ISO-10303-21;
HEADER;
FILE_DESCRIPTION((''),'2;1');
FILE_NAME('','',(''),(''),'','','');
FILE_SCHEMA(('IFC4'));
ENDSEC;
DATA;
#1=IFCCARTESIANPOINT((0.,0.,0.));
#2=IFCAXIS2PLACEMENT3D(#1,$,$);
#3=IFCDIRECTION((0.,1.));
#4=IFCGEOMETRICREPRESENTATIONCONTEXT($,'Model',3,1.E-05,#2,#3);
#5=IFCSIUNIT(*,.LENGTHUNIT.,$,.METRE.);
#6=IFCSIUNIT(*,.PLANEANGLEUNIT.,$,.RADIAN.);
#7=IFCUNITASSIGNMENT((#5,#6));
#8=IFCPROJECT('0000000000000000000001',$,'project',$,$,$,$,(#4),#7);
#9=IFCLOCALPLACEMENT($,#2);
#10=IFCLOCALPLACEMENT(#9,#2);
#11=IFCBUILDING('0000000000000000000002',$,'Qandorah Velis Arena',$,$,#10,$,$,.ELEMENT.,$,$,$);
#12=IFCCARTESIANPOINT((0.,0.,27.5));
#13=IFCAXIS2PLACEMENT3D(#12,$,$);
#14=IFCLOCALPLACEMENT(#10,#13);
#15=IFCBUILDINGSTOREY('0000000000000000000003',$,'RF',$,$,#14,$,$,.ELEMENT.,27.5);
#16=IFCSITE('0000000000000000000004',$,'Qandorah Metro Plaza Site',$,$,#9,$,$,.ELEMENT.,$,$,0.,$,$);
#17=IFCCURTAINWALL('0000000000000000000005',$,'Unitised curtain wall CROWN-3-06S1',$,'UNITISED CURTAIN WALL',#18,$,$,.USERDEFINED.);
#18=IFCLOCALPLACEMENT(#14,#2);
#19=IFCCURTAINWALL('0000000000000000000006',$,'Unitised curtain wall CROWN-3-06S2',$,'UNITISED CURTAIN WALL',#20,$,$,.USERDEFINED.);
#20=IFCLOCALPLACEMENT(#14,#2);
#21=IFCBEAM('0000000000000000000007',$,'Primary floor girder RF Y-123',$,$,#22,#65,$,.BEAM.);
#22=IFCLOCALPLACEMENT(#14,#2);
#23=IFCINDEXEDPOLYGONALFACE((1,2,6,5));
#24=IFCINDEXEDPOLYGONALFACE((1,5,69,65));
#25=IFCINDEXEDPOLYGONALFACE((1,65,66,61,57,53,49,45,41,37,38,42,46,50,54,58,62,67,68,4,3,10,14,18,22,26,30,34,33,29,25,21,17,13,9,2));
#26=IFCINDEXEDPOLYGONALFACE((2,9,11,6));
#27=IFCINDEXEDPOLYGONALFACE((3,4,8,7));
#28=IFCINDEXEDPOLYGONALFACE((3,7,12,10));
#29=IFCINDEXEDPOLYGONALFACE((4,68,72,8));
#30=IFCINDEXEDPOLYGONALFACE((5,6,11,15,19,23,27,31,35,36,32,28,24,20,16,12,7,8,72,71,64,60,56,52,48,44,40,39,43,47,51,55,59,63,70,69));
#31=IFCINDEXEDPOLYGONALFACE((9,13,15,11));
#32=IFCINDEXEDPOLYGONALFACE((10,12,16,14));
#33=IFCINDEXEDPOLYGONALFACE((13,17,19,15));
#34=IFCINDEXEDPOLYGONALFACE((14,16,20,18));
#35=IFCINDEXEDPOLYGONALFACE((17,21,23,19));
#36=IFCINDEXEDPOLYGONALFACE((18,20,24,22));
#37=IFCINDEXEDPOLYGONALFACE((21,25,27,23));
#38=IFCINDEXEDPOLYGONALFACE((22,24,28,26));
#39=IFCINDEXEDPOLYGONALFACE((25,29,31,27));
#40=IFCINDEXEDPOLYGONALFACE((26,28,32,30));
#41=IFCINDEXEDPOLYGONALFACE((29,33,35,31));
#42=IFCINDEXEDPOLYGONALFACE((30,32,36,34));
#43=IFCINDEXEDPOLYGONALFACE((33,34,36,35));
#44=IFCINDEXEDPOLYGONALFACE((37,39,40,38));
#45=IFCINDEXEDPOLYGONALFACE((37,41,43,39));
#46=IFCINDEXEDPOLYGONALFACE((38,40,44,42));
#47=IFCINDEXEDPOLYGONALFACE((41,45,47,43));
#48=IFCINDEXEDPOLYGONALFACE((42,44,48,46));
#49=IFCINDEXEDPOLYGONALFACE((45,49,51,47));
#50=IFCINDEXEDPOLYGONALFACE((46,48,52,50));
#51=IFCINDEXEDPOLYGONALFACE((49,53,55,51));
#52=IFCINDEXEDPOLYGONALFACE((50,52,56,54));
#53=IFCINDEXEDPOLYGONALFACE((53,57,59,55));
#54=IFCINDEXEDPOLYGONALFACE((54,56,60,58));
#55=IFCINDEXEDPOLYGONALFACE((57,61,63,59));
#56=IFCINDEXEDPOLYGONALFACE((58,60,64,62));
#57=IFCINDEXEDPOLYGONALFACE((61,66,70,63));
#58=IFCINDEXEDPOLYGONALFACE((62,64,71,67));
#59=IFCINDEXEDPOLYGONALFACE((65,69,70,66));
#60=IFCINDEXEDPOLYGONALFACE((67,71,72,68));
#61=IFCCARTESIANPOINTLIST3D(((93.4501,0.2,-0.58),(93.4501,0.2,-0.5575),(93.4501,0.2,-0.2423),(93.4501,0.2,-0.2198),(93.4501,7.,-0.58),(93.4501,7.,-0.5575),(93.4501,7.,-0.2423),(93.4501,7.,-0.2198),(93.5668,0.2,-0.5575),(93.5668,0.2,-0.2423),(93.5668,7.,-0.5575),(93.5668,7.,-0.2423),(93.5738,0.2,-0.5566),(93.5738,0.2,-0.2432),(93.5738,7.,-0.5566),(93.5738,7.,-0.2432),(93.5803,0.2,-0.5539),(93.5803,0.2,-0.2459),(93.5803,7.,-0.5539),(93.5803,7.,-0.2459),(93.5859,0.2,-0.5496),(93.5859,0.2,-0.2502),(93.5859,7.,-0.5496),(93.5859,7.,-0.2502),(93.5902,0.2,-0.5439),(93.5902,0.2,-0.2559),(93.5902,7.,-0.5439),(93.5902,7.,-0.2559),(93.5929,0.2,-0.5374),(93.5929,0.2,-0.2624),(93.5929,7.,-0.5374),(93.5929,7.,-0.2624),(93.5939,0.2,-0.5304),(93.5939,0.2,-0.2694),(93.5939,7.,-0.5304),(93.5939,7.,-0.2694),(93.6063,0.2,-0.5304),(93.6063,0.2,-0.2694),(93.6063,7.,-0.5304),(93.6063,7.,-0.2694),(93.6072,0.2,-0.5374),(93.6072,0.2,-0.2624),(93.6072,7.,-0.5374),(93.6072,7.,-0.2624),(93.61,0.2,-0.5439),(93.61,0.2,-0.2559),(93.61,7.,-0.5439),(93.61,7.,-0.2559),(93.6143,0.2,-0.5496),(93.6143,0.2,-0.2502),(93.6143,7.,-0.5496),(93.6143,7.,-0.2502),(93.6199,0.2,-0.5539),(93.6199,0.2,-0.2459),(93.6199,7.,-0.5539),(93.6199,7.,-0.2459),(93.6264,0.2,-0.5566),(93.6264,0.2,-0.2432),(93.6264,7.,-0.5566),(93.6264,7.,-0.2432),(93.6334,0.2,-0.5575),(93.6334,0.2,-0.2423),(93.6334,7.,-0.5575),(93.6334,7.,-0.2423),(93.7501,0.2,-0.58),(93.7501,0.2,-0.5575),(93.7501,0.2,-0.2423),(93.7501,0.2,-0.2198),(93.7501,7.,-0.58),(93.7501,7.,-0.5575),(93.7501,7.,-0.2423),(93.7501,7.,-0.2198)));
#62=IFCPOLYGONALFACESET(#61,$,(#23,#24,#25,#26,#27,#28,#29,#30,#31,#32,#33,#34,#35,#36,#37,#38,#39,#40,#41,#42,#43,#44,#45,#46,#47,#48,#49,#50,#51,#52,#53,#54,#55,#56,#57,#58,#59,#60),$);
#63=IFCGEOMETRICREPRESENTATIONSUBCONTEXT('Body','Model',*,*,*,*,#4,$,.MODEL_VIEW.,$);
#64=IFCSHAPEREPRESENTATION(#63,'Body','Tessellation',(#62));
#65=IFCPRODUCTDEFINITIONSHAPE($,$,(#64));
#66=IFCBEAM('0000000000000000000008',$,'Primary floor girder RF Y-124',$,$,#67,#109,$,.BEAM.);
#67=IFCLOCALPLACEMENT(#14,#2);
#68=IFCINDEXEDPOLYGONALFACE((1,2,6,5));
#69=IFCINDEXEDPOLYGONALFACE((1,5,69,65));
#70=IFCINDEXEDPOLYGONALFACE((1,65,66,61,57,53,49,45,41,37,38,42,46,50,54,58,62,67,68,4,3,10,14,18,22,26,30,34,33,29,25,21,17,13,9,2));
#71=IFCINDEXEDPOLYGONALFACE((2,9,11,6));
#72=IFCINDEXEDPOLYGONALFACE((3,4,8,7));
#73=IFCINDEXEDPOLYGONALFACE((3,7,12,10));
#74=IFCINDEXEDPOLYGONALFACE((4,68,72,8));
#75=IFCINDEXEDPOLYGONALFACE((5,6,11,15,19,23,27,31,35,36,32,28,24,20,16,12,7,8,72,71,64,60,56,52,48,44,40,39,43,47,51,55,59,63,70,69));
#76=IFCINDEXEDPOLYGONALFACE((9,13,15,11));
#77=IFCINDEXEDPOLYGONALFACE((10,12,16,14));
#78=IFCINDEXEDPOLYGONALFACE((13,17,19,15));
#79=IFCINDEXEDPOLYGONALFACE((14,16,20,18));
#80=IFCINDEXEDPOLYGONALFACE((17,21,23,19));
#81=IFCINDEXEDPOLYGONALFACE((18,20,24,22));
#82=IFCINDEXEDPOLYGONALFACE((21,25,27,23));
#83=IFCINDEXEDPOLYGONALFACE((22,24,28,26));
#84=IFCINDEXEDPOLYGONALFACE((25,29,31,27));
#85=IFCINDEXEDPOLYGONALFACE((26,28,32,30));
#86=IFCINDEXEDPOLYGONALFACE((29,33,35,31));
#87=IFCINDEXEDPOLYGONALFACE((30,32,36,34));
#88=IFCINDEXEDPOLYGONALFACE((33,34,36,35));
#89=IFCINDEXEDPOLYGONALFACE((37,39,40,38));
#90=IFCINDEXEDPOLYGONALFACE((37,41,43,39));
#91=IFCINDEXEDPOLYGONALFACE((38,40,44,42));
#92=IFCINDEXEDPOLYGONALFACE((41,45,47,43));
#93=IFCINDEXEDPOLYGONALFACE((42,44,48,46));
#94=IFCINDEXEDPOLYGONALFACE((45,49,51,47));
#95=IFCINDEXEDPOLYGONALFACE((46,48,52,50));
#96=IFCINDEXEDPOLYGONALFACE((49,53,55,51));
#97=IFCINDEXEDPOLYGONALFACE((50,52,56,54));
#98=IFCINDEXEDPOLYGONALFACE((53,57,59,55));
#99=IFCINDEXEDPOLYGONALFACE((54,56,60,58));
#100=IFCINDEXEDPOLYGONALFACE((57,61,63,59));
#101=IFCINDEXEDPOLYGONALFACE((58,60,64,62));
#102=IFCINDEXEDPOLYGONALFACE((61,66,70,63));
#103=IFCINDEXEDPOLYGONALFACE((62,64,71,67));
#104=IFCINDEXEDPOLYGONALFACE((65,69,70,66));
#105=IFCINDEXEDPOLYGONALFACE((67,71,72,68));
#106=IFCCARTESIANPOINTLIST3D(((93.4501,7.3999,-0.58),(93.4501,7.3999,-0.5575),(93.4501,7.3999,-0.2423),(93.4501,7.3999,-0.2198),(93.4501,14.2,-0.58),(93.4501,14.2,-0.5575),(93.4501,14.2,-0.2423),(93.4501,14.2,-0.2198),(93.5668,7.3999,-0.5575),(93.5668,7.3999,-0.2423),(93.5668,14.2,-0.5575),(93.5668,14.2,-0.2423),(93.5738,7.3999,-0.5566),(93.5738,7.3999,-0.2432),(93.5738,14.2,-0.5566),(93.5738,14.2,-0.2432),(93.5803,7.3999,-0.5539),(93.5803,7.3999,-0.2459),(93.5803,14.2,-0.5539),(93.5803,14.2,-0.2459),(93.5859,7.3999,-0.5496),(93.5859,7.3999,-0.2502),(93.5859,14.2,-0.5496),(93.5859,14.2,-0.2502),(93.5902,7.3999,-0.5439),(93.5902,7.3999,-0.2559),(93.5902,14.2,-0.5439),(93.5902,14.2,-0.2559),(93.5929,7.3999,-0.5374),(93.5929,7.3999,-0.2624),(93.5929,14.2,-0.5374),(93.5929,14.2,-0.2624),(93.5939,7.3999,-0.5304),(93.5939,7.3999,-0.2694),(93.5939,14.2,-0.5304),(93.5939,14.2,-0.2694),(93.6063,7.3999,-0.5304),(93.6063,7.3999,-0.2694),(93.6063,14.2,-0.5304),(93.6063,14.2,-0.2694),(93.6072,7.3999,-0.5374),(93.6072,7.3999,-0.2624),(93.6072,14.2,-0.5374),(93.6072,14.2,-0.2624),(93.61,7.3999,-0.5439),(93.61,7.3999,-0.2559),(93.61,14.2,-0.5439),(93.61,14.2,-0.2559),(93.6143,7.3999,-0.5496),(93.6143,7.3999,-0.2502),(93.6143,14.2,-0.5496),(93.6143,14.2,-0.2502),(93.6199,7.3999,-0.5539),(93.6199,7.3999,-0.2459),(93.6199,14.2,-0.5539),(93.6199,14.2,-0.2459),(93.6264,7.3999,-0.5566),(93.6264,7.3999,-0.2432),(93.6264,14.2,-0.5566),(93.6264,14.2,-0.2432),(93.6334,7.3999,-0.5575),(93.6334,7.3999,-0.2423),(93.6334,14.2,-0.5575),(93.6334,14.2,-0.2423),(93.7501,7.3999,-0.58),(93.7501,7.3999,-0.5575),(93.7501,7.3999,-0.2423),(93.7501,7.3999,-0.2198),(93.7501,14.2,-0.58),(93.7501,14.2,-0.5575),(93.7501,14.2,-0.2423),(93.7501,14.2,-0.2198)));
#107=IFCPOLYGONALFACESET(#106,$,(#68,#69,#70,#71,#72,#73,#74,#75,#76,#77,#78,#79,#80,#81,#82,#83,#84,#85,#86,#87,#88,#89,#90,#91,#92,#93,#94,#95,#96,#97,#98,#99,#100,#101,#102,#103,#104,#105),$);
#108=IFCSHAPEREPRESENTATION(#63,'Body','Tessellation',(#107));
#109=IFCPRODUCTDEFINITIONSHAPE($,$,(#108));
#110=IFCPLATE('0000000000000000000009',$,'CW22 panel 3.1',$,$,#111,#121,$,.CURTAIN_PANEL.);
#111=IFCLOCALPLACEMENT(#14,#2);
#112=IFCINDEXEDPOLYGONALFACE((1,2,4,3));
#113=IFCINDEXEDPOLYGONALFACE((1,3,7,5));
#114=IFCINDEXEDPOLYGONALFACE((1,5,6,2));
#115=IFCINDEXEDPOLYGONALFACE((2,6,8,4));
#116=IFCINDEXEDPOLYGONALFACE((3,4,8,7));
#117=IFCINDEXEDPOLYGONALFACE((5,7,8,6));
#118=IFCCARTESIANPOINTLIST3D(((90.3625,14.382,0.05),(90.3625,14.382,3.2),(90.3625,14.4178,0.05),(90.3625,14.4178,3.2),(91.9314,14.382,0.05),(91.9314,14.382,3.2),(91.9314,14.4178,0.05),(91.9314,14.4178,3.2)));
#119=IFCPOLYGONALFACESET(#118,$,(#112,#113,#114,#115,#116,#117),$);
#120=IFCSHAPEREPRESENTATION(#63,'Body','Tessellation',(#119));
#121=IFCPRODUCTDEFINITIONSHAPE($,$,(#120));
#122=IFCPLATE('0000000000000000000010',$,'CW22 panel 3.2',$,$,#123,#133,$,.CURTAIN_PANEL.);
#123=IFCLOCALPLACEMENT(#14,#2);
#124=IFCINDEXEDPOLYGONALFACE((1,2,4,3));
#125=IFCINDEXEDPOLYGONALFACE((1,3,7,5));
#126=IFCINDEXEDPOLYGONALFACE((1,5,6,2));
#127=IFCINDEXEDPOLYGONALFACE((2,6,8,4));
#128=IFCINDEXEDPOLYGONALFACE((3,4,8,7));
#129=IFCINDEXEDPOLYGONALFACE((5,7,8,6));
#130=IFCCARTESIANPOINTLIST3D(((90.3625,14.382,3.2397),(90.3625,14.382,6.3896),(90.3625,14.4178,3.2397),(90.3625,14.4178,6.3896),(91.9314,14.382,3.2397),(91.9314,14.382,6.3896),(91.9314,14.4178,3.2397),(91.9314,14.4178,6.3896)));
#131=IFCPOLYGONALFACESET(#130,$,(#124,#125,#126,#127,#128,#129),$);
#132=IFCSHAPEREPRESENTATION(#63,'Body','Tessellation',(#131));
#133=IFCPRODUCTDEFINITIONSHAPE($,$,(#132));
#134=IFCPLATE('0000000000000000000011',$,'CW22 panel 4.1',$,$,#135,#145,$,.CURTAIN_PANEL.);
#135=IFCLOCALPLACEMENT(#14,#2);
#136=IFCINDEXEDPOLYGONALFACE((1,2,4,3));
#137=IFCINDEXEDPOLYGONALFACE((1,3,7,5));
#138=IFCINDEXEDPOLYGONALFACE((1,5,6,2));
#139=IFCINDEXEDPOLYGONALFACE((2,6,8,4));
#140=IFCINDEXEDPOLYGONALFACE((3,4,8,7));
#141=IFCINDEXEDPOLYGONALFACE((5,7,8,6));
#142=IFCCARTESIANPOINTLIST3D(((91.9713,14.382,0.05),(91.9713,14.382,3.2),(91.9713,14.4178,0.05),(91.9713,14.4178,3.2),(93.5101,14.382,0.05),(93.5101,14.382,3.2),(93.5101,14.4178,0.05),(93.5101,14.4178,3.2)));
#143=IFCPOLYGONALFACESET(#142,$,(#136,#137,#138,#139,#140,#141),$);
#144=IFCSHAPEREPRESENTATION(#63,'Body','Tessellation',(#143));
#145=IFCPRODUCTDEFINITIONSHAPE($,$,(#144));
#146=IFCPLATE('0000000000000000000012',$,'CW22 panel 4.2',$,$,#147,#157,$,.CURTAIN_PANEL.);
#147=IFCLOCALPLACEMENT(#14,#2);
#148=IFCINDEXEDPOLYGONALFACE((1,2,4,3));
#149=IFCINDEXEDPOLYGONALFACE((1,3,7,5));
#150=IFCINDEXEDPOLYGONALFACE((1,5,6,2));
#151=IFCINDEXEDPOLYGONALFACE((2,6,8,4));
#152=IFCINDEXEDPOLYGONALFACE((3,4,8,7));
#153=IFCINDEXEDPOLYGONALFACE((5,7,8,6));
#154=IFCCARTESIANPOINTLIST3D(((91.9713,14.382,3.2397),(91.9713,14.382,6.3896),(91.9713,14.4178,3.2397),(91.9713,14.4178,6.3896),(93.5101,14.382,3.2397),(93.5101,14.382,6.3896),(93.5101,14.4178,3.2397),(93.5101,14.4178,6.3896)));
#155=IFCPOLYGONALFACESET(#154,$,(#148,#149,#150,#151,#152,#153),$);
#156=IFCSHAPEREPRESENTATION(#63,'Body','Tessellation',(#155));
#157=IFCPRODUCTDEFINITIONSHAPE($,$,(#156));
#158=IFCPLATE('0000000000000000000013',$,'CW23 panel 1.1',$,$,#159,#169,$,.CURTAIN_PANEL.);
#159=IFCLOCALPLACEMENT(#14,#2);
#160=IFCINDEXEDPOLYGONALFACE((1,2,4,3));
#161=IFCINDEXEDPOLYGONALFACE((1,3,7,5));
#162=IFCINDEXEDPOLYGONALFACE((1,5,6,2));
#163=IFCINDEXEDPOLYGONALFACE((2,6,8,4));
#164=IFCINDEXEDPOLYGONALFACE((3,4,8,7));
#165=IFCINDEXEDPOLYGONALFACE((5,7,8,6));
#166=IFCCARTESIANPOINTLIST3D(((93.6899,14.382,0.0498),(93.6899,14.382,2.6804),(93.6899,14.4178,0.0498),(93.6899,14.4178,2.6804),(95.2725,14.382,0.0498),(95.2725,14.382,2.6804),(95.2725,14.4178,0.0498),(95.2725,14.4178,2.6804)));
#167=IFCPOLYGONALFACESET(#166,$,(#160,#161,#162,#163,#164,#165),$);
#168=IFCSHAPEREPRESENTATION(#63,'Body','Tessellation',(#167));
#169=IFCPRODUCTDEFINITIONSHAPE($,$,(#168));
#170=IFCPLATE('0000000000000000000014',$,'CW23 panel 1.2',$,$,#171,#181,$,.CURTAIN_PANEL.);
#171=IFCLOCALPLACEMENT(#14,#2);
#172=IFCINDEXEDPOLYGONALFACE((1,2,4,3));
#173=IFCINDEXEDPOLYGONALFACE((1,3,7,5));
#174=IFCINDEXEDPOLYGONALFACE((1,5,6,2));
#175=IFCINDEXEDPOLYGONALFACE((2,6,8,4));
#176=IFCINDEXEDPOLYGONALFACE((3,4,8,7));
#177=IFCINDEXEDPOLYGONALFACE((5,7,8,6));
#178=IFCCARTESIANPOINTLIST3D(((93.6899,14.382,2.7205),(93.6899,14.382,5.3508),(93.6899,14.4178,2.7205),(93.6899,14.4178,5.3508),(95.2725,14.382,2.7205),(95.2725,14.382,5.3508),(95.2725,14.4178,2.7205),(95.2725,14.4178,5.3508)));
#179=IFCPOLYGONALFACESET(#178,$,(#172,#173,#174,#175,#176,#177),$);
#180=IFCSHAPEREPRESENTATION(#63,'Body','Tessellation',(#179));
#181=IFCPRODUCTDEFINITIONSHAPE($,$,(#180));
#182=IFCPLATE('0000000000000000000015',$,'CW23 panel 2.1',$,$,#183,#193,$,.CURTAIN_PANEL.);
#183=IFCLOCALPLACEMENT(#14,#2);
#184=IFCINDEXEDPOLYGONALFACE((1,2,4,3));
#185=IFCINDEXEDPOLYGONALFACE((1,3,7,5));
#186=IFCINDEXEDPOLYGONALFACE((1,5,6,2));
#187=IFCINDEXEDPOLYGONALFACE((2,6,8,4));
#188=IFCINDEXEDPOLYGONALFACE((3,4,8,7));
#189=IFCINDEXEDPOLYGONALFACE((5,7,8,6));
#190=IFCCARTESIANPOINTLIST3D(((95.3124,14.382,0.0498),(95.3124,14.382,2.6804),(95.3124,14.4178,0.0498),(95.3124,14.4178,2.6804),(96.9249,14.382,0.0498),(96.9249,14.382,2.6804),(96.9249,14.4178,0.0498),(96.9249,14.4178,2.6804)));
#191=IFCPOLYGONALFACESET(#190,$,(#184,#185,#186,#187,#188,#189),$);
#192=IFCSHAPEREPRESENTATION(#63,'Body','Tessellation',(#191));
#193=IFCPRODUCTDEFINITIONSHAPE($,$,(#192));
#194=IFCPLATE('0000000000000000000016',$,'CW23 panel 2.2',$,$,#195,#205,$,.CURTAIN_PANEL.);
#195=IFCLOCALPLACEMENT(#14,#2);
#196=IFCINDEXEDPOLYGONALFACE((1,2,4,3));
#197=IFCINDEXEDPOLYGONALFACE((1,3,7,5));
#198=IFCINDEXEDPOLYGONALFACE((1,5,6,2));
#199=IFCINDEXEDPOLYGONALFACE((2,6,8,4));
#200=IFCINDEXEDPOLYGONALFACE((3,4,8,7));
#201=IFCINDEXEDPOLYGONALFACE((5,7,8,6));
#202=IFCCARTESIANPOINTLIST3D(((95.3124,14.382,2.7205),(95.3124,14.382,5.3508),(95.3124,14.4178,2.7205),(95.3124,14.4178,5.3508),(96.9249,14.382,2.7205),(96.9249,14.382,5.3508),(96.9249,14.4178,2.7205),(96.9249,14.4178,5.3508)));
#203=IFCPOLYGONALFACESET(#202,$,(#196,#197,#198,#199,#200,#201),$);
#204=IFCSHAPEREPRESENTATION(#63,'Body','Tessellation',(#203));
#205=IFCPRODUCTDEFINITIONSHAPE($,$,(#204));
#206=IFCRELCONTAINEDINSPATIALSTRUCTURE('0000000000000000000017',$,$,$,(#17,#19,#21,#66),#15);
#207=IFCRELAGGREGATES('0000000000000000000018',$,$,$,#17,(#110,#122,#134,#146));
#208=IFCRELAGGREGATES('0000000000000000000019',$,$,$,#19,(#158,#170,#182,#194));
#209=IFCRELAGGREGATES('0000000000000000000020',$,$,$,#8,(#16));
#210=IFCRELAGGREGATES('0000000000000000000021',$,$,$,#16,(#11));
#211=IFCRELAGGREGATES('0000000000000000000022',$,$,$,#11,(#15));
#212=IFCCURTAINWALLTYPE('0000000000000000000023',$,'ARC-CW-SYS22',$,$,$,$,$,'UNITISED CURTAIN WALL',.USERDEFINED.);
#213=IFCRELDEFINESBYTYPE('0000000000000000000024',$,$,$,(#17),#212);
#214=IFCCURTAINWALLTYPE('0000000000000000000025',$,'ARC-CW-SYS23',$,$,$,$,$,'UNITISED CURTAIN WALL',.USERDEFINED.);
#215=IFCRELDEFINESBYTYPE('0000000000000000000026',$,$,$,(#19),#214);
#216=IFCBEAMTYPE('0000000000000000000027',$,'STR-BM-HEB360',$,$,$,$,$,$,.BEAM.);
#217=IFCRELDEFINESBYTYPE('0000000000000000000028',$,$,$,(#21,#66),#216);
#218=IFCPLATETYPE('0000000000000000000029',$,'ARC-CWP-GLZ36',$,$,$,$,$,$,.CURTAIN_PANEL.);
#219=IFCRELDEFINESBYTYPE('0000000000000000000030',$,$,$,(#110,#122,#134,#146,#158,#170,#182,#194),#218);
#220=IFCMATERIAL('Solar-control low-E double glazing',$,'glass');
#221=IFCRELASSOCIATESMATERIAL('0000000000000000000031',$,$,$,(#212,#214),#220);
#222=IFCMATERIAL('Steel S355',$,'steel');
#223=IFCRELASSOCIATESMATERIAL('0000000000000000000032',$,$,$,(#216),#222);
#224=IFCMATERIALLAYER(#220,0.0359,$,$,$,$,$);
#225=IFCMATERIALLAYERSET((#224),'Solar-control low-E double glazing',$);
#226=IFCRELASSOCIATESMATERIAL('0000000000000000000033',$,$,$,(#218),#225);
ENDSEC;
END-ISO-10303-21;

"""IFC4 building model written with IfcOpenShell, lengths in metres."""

from ifc_helpers import new_model, si_unit, direction, frame, origin, origin_2d, place, context, subcontext, project, spatial, rectangle, i_section, extrude, material, layer, layer_set, material_profile, profile_set, type_object, element, aggregate, save


model = new_model("IFC4")

# Units and contexts
model_context = context("Model", 3, precision=1e-05, world=origin(), true_north=direction((0.0, 1.0)))
body_context = subcontext(model_context, "Body", "Model", "MODEL_VIEW")
ifc_project = project(units=[si_unit("LENGTHUNIT", "METRE"), si_unit("PLANEANGLEUNIT", "RADIAN")], contexts=[model_context])

# Site, building, storey
site_placement = place(None, origin())
site = spatial("IfcSite", under=ifc_project, at=site_placement, Name="Qandorah Metro Plaza Site", CompositionType="ELEMENT", RefElevation=0.0)
building_placement = place(site_placement, origin())
building = spatial("IfcBuilding", under=site, at=building_placement, Name="Qandorah Velis Arena", CompositionType="ELEMENT")
storey_placement = place(building_placement, frame((0.0, 0.0, 27.5)))
storey = spatial("IfcBuildingStorey", under=building, at=storey_placement, Name="RF", CompositionType="ELEMENT", Elevation=27.5)

# Curtain walls
ifc_material_1 = material(Name="Solar-control low-E double glazing", Category="glass")
curtain_wall_type_1 = type_object("IfcCurtainWallType", Name="ARC-CW-SYS22", ElementType="UNITISED CURTAIN WALL", PredefinedType="USERDEFINED", material=ifc_material_1)
curtain_wall_1_placement = place(storey_placement, origin())
curtain_wall_1 = element("IfcCurtainWall", 1, at=curtain_wall_1_placement, inside=storey, type_object=curtain_wall_type_1, Name="Unitised curtain wall CROWN-3-06S1", ObjectType="UNITISED CURTAIN WALL", PredefinedType="USERDEFINED")
curtain_wall_type_2 = type_object("IfcCurtainWallType", Name="ARC-CW-SYS23", ElementType="UNITISED CURTAIN WALL", PredefinedType="USERDEFINED", material=ifc_material_1)
curtain_wall_2_placement = place(storey_placement, origin())
curtain_wall_2 = element("IfcCurtainWall", 2, at=curtain_wall_2_placement, inside=storey, type_object=curtain_wall_type_2, Name="Unitised curtain wall CROWN-3-06S2", ObjectType="UNITISED CURTAIN WALL", PredefinedType="USERDEFINED")

# Beams
ifc_material_2 = material(Name="Steel S355", Category="steel")
ifc_material_profile_1 = material_profile(ifc_material_2, i_section(OverallWidth=0.3, OverallDepth=0.3601, WebThickness=0.0125, FlangeThickness=0.0225, FilletRadius=0.0271, at=origin_2d()), Name="HEB 360")
ifc_profile_set_1 = profile_set([ifc_material_profile_1], Name="Steel S355")
beam_type = type_object("IfcBeamType", Name="STR-BM-HEB360", PredefinedType="BEAM", material=ifc_profile_set_1)
for number, where, z_axis, x_axis, name in (
    (3, (93.6001, 0.2, -0.3999), (0.0, 1.0, 0.0), (-1.0, 0.0, 0.0), "Primary floor girder RF Y-123"),
    (4, (93.6001, 7.3999, -0.3999), (0.0, 1.0, 0.0), (-1.0, 0.0, 0.0), "Primary floor girder RF Y-124"),
):
    element("IfcBeam", number, at=place(storey_placement, frame(where, z_axis=z_axis, x_axis=x_axis)), inside=storey, type_object=beam_type, Name=name, PredefinedType="BEAM", context=body_context, shape_type="SweptSolid", body=[
        extrude(i_section(OverallWidth=0.3, OverallDepth=0.3601, WebThickness=0.0125, FlangeThickness=0.0225, FilletRadius=0.0271, at=origin_2d()), origin(), (0.0, 0.0, 1.0), 6.8),
    ])

# Plates
ifc_layer_1 = layer(ifc_material_1, 0.0359)
ifc_layer_set_1 = layer_set([ifc_layer_1], Name="Solar-control low-E double glazing")
plate_type = type_object("IfcPlateType", Name="ARC-CWP-GLZ36", PredefinedType="CURTAIN_PANEL", material=ifc_layer_set_1)
plate_1_placement = place(storey_placement, frame((91.147, 14.3999, 0.05), z_axis=(0.0, 0.0, 1.0), x_axis=(1.0, 0.0, 0.0)))
plate_1 = element("IfcPlate", 5, at=plate_1_placement, type_object=plate_type, Name="CW22 panel 3.1", PredefinedType="CURTAIN_PANEL", context=body_context, shape_type="SweptSolid", body=[
    extrude(rectangle(XDim=1.5688, YDim=0.0359, at=origin_2d()), origin(), (0.0, 0.0, 1.0), 3.1499),
])
plate_2_placement = place(storey_placement, frame((91.147, 14.3999, 3.2397), z_axis=(0.0, 0.0, 1.0), x_axis=(1.0, 0.0, 0.0)))
plate_2 = element("IfcPlate", 6, at=plate_2_placement, type_object=plate_type, Name="CW22 panel 3.2", PredefinedType="CURTAIN_PANEL", context=body_context, shape_type="SweptSolid", body=[
    extrude(rectangle(XDim=1.5688, YDim=0.0359, at=origin_2d()), origin(), (0.0, 0.0, 1.0), 3.1499),
])
plate_3_placement = place(storey_placement, frame((92.7407, 14.3999, 0.05), z_axis=(0.0, 0.0, 1.0), x_axis=(1.0, 0.0, 0.0)))
plate_3 = element("IfcPlate", 7, at=plate_3_placement, type_object=plate_type, Name="CW22 panel 4.1", PredefinedType="CURTAIN_PANEL", context=body_context, shape_type="SweptSolid", body=[
    extrude(rectangle(XDim=1.5388, YDim=0.0359, at=origin_2d()), origin(), (0.0, 0.0, 1.0), 3.1499),
])
plate_4_placement = place(storey_placement, frame((92.7407, 14.3999, 3.2397), z_axis=(0.0, 0.0, 1.0), x_axis=(1.0, 0.0, 0.0)))
plate_4 = element("IfcPlate", 8, at=plate_4_placement, type_object=plate_type, Name="CW22 panel 4.2", PredefinedType="CURTAIN_PANEL", context=body_context, shape_type="SweptSolid", body=[
    extrude(rectangle(XDim=1.5388, YDim=0.0359, at=origin_2d()), origin(), (0.0, 0.0, 1.0), 3.1499),
])
aggregate(curtain_wall_1, [plate_1, plate_2, plate_3, plate_4])
plate_5_placement = place(storey_placement, frame((94.4812, 14.3999, 0.0498), z_axis=(0.0, 0.0, 1.0), x_axis=(1.0, 0.0, 0.0)))
plate_5 = element("IfcPlate", 9, at=plate_5_placement, type_object=plate_type, Name="CW23 panel 1.1", PredefinedType="CURTAIN_PANEL", context=body_context, shape_type="SweptSolid", body=[
    extrude(rectangle(XDim=1.5825, YDim=0.0359, at=origin_2d()), origin(), (0.0, 0.0, 1.0), 2.6306),
])
plate_6_placement = place(storey_placement, frame((94.4812, 14.3999, 2.7205), z_axis=(0.0, 0.0, 1.0), x_axis=(1.0, 0.0, 0.0)))
plate_6 = element("IfcPlate", 10, at=plate_6_placement, type_object=plate_type, Name="CW23 panel 1.2", PredefinedType="CURTAIN_PANEL", context=body_context, shape_type="SweptSolid", body=[
    extrude(rectangle(XDim=1.5825, YDim=0.0359, at=origin_2d()), origin(), (0.0, 0.0, 1.0), 2.6304),
])
plate_7_placement = place(storey_placement, frame((96.1187, 14.3999, 0.0498), z_axis=(0.0, 0.0, 1.0), x_axis=(1.0, 0.0, 0.0)))
plate_7 = element("IfcPlate", 11, at=plate_7_placement, type_object=plate_type, Name="CW23 panel 2.1", PredefinedType="CURTAIN_PANEL", context=body_context, shape_type="SweptSolid", body=[
    extrude(rectangle(XDim=1.6125, YDim=0.0359, at=origin_2d()), origin(), (0.0, 0.0, 1.0), 2.6306),
])
plate_8_placement = place(storey_placement, frame((96.1187, 14.3999, 2.7205), z_axis=(0.0, 0.0, 1.0), x_axis=(1.0, 0.0, 0.0)))
plate_8 = element("IfcPlate", 12, at=plate_8_placement, type_object=plate_type, Name="CW23 panel 2.2", PredefinedType="CURTAIN_PANEL", context=body_context, shape_type="SweptSolid", body=[
    extrude(rectangle(XDim=1.6125, YDim=0.0359, at=origin_2d()), origin(), (0.0, 0.0, 1.0), 2.6304),
])
aggregate(curtain_wall_2, [plate_5, plate_6, plate_7, plate_8])

save(model, "model.ifc")
